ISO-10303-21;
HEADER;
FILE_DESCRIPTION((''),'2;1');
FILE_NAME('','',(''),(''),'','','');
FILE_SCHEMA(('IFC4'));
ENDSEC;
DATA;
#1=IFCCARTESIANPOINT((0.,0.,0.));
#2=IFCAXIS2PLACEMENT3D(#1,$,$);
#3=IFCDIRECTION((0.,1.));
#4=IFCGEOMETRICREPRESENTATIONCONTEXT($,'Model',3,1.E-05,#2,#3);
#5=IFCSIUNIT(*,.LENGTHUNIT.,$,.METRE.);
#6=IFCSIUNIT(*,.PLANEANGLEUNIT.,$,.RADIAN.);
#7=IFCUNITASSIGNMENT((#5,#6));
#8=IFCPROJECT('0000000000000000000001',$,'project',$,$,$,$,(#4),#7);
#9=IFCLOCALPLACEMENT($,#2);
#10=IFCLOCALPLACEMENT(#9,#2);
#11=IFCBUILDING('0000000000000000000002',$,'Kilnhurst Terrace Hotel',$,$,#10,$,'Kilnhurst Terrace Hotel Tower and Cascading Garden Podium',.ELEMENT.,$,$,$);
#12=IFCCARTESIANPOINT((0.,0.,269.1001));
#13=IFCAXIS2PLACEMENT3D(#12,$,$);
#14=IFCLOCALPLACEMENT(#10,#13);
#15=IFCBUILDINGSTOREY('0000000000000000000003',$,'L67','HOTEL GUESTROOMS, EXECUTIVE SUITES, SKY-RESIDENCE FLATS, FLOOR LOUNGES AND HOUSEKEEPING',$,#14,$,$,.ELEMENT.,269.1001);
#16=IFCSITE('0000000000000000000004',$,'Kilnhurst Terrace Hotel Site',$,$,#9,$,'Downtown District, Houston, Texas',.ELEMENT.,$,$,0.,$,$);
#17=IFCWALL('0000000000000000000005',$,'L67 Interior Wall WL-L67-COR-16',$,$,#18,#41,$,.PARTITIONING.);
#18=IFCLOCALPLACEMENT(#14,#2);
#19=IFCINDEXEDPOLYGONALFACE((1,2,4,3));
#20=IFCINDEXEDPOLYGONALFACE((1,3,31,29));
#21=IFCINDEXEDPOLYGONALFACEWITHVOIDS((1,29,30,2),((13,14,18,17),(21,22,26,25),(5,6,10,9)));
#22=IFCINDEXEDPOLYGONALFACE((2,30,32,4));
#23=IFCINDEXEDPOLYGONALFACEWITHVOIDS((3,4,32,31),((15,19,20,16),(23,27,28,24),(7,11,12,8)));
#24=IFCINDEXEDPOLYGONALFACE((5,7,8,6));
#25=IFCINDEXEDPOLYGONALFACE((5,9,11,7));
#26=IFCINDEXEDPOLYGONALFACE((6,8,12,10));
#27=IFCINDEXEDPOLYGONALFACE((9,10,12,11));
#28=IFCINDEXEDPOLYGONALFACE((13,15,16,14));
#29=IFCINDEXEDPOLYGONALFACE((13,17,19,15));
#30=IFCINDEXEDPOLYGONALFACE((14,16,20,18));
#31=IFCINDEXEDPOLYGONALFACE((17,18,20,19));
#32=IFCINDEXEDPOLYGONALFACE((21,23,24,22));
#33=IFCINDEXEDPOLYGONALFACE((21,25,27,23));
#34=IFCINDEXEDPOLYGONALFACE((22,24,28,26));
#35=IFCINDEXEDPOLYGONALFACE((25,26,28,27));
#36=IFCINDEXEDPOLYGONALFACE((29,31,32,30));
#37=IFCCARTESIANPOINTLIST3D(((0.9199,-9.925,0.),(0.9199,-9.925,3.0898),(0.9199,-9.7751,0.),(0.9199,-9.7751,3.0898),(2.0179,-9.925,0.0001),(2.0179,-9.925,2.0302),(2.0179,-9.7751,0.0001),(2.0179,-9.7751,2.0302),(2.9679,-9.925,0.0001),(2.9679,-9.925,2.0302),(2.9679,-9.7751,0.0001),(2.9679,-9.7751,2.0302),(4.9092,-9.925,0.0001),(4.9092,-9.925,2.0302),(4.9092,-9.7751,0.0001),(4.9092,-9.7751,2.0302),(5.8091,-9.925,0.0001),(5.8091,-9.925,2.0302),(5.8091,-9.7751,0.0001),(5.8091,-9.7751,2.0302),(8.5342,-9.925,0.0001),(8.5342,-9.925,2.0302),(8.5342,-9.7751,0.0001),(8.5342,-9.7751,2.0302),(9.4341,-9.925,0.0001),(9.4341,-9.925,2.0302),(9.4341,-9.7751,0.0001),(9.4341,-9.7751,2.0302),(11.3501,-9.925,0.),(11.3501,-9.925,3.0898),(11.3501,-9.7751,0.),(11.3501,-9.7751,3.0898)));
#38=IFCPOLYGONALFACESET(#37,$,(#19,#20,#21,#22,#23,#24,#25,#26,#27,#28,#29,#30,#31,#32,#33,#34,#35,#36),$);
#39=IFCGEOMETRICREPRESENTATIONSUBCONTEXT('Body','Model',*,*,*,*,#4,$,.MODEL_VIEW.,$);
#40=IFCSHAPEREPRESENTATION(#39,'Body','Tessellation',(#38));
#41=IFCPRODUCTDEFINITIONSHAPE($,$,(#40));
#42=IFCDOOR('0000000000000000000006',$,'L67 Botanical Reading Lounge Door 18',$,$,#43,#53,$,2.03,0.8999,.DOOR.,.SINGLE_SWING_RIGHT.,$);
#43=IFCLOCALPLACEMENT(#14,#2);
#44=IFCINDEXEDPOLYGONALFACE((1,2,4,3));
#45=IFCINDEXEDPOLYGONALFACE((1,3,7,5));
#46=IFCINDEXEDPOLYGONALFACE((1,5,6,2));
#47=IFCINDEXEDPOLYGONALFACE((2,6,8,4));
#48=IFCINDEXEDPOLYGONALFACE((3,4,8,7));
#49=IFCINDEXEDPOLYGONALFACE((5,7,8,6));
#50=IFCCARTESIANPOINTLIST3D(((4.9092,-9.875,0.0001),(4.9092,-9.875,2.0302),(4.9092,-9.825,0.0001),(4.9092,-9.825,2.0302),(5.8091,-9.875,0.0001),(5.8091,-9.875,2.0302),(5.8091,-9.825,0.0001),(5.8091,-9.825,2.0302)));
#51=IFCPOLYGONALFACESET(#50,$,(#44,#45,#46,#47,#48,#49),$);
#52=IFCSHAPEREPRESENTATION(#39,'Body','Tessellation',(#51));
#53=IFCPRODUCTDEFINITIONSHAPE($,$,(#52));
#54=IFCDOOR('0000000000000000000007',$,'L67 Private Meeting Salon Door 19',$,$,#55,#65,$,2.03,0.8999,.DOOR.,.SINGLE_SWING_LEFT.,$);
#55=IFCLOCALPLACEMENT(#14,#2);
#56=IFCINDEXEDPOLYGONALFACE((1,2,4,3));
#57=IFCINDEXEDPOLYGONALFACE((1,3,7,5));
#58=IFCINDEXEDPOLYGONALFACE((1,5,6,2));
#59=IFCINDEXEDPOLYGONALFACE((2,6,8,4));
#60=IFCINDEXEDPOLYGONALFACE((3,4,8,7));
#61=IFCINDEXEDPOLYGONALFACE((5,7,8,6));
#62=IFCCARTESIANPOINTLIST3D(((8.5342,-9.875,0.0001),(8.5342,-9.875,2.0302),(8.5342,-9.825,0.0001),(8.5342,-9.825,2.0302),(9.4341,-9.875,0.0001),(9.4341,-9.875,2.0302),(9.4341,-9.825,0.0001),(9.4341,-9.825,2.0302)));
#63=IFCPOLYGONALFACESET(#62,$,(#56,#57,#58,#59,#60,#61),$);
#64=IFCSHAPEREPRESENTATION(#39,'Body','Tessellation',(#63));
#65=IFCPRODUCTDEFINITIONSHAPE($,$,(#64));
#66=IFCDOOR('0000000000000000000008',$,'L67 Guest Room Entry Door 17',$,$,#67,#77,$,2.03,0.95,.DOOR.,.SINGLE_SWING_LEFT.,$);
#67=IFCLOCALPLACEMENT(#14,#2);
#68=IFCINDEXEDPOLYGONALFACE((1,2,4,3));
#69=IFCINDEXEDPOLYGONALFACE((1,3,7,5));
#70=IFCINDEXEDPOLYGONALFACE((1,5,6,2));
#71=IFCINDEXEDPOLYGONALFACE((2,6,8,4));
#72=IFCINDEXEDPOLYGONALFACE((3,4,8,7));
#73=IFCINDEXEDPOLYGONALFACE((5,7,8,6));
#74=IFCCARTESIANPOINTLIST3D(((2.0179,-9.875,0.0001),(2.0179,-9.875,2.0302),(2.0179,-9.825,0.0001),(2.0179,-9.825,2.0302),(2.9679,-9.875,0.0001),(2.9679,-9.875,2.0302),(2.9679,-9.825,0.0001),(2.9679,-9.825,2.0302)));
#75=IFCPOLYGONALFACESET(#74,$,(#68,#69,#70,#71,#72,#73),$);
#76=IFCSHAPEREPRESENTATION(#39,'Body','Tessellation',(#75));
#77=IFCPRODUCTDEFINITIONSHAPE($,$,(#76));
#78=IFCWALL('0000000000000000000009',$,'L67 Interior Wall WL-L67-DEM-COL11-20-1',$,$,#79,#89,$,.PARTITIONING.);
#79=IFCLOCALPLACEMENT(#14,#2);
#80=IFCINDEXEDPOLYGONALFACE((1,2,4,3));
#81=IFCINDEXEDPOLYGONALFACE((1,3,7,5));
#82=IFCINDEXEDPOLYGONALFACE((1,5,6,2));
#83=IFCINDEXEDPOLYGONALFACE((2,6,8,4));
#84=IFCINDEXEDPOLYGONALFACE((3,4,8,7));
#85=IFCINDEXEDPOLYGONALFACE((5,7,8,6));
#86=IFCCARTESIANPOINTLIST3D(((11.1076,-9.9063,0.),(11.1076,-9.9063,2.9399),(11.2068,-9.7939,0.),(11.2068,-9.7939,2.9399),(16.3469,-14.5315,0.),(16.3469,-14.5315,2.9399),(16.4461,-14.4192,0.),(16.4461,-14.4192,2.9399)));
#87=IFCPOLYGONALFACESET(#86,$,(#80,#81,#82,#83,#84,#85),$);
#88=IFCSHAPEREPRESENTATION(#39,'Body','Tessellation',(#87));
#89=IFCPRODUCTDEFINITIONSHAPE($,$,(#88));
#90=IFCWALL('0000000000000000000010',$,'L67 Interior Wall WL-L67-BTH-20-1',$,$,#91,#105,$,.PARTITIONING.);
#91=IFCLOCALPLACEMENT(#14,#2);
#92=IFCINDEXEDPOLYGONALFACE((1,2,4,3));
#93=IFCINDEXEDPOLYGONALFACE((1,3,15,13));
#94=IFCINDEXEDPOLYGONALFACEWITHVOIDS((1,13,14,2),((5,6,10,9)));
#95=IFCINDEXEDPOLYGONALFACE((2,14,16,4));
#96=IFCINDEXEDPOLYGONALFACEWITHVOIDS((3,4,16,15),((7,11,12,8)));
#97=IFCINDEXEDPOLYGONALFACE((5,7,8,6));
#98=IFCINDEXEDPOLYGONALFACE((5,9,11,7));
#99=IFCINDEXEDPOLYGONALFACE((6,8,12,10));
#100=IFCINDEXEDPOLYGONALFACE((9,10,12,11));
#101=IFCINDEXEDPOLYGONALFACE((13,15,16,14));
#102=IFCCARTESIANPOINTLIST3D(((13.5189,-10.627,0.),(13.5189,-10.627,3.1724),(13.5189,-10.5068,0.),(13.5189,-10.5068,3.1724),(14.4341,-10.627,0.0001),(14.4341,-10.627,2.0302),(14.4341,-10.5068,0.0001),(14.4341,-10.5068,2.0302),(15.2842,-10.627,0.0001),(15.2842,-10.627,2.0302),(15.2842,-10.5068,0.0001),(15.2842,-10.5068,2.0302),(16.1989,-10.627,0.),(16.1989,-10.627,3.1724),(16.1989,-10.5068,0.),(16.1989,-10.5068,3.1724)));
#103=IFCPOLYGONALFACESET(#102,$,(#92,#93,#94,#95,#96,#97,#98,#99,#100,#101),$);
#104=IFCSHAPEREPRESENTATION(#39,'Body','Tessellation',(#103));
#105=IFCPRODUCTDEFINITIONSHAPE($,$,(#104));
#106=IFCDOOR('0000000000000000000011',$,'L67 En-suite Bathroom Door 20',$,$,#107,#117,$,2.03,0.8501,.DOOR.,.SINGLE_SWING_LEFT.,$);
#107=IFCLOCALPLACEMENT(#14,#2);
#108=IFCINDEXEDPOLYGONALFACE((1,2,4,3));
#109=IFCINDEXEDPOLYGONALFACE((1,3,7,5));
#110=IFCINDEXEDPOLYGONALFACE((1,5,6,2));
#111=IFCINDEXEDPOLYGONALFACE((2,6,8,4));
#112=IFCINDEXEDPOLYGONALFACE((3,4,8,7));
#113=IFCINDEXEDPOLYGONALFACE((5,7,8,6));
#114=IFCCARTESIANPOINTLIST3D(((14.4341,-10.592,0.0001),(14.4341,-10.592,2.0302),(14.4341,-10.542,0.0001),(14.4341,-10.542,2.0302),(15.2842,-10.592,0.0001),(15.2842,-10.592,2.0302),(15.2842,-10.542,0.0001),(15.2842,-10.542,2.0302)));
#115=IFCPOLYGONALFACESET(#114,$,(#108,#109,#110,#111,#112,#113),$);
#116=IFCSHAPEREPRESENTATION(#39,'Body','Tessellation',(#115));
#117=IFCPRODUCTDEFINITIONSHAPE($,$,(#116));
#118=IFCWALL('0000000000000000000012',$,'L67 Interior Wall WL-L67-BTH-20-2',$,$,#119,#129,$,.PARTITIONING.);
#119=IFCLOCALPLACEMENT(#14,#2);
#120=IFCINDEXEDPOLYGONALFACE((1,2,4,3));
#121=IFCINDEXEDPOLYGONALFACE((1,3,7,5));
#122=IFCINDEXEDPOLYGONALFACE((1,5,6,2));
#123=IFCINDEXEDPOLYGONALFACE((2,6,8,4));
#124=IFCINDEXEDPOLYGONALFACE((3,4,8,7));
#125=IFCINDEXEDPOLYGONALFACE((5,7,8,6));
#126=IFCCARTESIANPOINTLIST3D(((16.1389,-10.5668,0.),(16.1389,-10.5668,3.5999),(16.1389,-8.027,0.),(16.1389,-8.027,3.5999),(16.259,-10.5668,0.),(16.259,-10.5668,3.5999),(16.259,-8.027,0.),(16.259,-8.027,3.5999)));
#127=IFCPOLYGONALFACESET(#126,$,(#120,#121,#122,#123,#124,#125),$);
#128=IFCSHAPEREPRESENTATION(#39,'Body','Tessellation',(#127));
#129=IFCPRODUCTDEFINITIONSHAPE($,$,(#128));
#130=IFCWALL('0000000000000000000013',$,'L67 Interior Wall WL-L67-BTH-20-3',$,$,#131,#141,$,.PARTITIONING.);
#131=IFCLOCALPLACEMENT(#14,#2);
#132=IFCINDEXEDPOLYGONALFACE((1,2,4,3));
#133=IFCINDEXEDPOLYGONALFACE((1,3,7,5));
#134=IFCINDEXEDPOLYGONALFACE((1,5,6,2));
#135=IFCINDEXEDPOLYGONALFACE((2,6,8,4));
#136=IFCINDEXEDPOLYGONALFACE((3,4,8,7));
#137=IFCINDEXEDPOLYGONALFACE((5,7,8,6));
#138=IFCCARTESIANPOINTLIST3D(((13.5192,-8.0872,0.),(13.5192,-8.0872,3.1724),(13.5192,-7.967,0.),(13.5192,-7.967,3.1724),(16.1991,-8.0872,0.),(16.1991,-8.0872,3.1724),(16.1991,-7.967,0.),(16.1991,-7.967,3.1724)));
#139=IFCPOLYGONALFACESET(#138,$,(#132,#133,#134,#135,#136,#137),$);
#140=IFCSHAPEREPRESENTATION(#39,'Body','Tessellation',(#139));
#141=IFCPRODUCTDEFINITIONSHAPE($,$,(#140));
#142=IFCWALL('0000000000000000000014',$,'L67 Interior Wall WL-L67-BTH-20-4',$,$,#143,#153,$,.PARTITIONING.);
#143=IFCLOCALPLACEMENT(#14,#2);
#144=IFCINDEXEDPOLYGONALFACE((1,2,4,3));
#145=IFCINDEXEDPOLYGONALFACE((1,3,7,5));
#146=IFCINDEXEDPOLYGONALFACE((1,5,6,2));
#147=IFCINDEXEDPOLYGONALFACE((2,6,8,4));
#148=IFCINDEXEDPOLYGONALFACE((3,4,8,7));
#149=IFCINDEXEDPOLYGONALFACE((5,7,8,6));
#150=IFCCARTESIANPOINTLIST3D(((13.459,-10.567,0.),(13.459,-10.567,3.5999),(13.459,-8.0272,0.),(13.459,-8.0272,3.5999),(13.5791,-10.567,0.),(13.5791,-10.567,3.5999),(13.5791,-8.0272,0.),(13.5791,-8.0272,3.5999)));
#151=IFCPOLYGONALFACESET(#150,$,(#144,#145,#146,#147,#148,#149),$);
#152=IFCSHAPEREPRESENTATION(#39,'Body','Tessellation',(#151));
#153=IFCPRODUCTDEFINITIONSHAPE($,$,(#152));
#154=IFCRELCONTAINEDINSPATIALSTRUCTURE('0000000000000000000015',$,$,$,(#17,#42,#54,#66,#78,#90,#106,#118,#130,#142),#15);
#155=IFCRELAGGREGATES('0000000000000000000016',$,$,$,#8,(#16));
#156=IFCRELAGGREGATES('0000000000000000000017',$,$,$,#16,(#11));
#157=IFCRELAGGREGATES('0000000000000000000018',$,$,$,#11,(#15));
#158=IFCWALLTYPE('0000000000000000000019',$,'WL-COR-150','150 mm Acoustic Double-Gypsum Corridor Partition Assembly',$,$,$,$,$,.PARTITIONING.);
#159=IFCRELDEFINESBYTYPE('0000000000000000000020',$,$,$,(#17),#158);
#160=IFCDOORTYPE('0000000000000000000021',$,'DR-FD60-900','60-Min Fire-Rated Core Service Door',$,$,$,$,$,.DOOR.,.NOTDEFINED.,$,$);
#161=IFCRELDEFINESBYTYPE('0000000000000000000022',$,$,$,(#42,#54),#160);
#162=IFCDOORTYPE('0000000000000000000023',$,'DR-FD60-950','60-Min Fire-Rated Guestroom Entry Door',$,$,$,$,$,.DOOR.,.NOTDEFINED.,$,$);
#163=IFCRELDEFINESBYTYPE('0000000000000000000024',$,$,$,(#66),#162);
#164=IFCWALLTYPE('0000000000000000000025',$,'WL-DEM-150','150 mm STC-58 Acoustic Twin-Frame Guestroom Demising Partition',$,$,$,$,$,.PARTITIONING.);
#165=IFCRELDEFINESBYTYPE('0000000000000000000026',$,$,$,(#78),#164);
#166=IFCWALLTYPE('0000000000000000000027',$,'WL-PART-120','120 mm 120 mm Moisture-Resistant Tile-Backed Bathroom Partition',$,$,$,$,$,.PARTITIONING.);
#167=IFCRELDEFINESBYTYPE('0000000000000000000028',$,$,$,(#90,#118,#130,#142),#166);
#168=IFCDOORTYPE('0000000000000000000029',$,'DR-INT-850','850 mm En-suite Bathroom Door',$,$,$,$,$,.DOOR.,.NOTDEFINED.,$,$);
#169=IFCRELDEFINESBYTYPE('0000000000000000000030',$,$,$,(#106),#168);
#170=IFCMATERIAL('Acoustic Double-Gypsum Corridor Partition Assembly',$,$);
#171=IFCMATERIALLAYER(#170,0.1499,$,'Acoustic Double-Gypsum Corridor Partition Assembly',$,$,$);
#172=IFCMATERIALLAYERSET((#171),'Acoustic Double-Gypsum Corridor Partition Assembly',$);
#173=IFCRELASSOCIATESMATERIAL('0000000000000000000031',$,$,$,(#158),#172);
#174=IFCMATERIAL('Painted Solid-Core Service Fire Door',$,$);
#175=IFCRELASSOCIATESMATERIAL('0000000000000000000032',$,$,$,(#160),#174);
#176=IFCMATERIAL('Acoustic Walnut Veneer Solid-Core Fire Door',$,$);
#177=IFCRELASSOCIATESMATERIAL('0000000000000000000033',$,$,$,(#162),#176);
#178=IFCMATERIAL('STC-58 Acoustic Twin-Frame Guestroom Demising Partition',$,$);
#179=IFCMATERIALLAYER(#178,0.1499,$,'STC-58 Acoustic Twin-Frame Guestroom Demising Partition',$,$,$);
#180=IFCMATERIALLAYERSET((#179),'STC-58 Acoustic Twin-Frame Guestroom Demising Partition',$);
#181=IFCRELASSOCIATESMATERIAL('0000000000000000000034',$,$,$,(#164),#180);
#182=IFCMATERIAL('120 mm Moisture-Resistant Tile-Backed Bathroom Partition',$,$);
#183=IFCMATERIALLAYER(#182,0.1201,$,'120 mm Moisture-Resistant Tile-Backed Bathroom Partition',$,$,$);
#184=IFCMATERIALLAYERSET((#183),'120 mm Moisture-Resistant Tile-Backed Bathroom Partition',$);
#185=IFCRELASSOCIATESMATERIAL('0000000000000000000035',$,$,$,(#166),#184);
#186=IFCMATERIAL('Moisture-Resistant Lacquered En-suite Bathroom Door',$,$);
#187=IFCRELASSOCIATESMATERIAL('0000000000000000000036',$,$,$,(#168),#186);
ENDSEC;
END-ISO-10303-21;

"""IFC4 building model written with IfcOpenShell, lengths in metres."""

from ifc_helpers import new_model, si_unit, direction, frame, frame_2d, origin, place, context, subcontext, project, spatial, rectangle, extrude, material, layer, layer_set, type_object, element, fill, save


model = new_model("IFC4")

# Units and contexts
model_context = context("Model", 3, precision=1e-05, world=origin(), true_north=direction((0.0, 1.0)))
body_context = subcontext(model_context, "Body", "Model", "MODEL_VIEW")
ifc_project = project(units=[si_unit("LENGTHUNIT", "METRE"), si_unit("PLANEANGLEUNIT", "RADIAN")], contexts=[model_context])

# Site, building, storey
site_placement = place(None, origin())
site = spatial("IfcSite", under=ifc_project, at=site_placement, Name="Kilnhurst Terrace Hotel Site", LongName="Downtown District, Houston, Texas", CompositionType="ELEMENT", RefElevation=0.0)
building_placement = place(site_placement, origin())
building = spatial("IfcBuilding", under=site, at=building_placement, Name="Kilnhurst Terrace Hotel", LongName="Kilnhurst Terrace Hotel Tower and Cascading Garden Podium", CompositionType="ELEMENT")
storey_placement = place(building_placement, frame((0.0, 0.0, 269.1001)))
storey = spatial("IfcBuildingStorey", under=building, at=storey_placement, Name="L67", Description="HOTEL GUESTROOMS, EXECUTIVE SUITES, SKY-RESIDENCE FLATS, FLOOR LOUNGES AND HOUSEKEEPING", CompositionType="ELEMENT", Elevation=269.1001)

# Wall, openings, doors
ifc_material_1 = material(Name="Acoustic Double-Gypsum Corridor Partition Assembly")
ifc_layer_1 = layer(ifc_material_1, 0.1499, Name="Acoustic Double-Gypsum Corridor Partition Assembly")
ifc_layer_set_1 = layer_set([ifc_layer_1], Name="Acoustic Double-Gypsum Corridor Partition Assembly")
wall_type_1 = type_object("IfcWallType", Name="WL-COR-150", Description="150 mm Acoustic Double-Gypsum Corridor Partition Assembly", PredefinedType="PARTITIONING", material=ifc_layer_set_1)
wall_1_placement = place(storey_placement, frame((11.3501, -9.8501, 0.0), z_axis=(0.0, 0.0, 1.0), x_axis=(-1.0, 0.0, 0.0)))
wall_1 = element("IfcWall", 1, at=wall_1_placement, inside=storey, type_object=wall_type_1, Name="L67 Interior Wall WL-L67-COR-16", PredefinedType="PARTITIONING", context=body_context, shape_type="SweptSolid", body=[
    extrude(rectangle(XDim=10.4302, YDim=0.1499, at=frame_2d((5.2151, 0.0))), origin(), (0.0, 0.0, 1.0), 3.0898),
])
opening_1_placement = place(wall_1_placement, frame((8.3821, 0.0, 0.0)))
opening_1 = element("IfcOpeningElement", 2, at=opening_1_placement, cuts=wall_1, PredefinedType="OPENING", context=body_context, shape_type="SweptSolid", body=[
    extrude(rectangle(XDim=0.95, YDim=2.03, at=frame_2d((0.4751, 1.0151))), frame((0.0, 0.085, 0.0), z_axis=(0.0, -1.0, 0.0), x_axis=(1.0, 0.0, 0.0)), (0.0, 0.0, 1.0), 0.1699),
])
opening_2_placement = place(wall_1_placement, frame((5.541, 0.0, 0.0)))
opening_2 = element("IfcOpeningElement", 3, at=opening_2_placement, cuts=wall_1, PredefinedType="OPENING", context=body_context, shape_type="SweptSolid", body=[
    extrude(rectangle(XDim=0.8999, YDim=2.03, at=frame_2d((0.45, 1.0151))), frame((0.0, 0.085, 0.0), z_axis=(0.0, -1.0, 0.0), x_axis=(1.0, 0.0, 0.0)), (0.0, 0.0, 1.0), 0.1699),
])
opening_3_placement = place(wall_1_placement, frame((1.916, 0.0, 0.0)))
opening_3 = element("IfcOpeningElement", 4, at=opening_3_placement, cuts=wall_1, PredefinedType="OPENING", context=body_context, shape_type="SweptSolid", body=[
    extrude(rectangle(XDim=0.8999, YDim=2.03, at=frame_2d((0.45, 1.0151))), frame((0.0, 0.085, 0.0), z_axis=(0.0, -1.0, 0.0), x_axis=(1.0, 0.0, 0.0)), (0.0, 0.0, 1.0), 0.1699),
])
ifc_material_2 = material(Name="Painted Solid-Core Service Fire Door")
door_type_1 = type_object("IfcDoorType", Name="DR-FD60-900", Description="60-Min Fire-Rated Core Service Door", OperationType="NOTDEFINED", PredefinedType="DOOR", material=ifc_material_2)
door_1_placement = place(opening_2_placement, origin())
door_1 = element("IfcDoor", 5, at=door_1_placement, inside=storey, type_object=door_type_1, Name="L67 Botanical Reading Lounge Door 18", OperationType="SINGLE_SWING_RIGHT", OverallHeight=2.03, OverallWidth=0.8999, PredefinedType="DOOR", context=body_context, shape_type="SweptSolid", body=[
    extrude(rectangle(XDim=0.8999, YDim=2.03, at=frame_2d((0.45, 1.0151))), frame((0.0, 0.0249, 0.0), z_axis=(0.0, -1.0, 0.0), x_axis=(1.0, 0.0, 0.0)), (0.0, 0.0, 1.0), 0.05),
])
fill(opening_2, door_1)
door_2_placement = place(opening_3_placement, origin())
door_2 = element("IfcDoor", 6, at=door_2_placement, inside=storey, type_object=door_type_1, Name="L67 Private Meeting Salon Door 19", OperationType="SINGLE_SWING_LEFT", OverallHeight=2.03, OverallWidth=0.8999, PredefinedType="DOOR", context=body_context, shape_type="SweptSolid", body=[
    extrude(rectangle(XDim=0.8999, YDim=2.03, at=frame_2d((0.45, 1.0151))), frame((0.0, 0.0249, 0.0), z_axis=(0.0, -1.0, 0.0), x_axis=(1.0, 0.0, 0.0)), (0.0, 0.0, 1.0), 0.05),
])
fill(opening_3, door_2)
ifc_material_3 = material(Name="Acoustic Walnut Veneer Solid-Core Fire Door")
door_type_2 = type_object("IfcDoorType", Name="DR-FD60-950", Description="60-Min Fire-Rated Guestroom Entry Door", OperationType="NOTDEFINED", PredefinedType="DOOR", material=ifc_material_3)
door_3_placement = place(opening_1_placement, origin())
door_3 = element("IfcDoor", 7, at=door_3_placement, inside=storey, type_object=door_type_2, Name="L67 Guest Room Entry Door 17", OperationType="SINGLE_SWING_LEFT", OverallHeight=2.03, OverallWidth=0.95, PredefinedType="DOOR", context=body_context, shape_type="SweptSolid", body=[
    extrude(rectangle(XDim=0.95, YDim=2.03, at=frame_2d((0.4751, 1.0151))), frame((0.0, 0.0249, 0.0), z_axis=(0.0, -1.0, 0.0), x_axis=(1.0, 0.0, 0.0)), (0.0, 0.0, 1.0), 0.05),
])
fill(opening_1, door_3)

# Wall
ifc_material_4 = material(Name="STC-58 Acoustic Twin-Frame Guestroom Demising Partition")
ifc_layer_2 = layer(ifc_material_4, 0.1499, Name="STC-58 Acoustic Twin-Frame Guestroom Demising Partition")
ifc_layer_set_2 = layer_set([ifc_layer_2], Name="STC-58 Acoustic Twin-Frame Guestroom Demising Partition")
wall_type_2 = type_object("IfcWallType", Name="WL-DEM-150", Description="150 mm STC-58 Acoustic Twin-Frame Guestroom Demising Partition", PredefinedType="PARTITIONING", material=ifc_layer_set_2)
wall_2_placement = place(storey_placement, frame((11.1572, -9.8501, 0.0), z_axis=(0.0, 0.0, 1.0), x_axis=(0.74967, -0.661812, 0.0)))
element("IfcWall", 8, at=wall_2_placement, inside=storey, type_object=wall_type_2, Name="L67 Interior Wall WL-L67-DEM-COL11-20-1", PredefinedType="PARTITIONING", context=body_context, shape_type="SweptSolid", body=[
    extrude(rectangle(XDim=6.9888, YDim=0.1499, at=frame_2d((3.4944, 0.0))), origin(), (0.0, 0.0, 1.0), 2.9399),
])

# Wall, opening, door
ifc_material_5 = material(Name="120 mm Moisture-Resistant Tile-Backed Bathroom Partition")
ifc_layer_3 = layer(ifc_material_5, 0.1201, Name="120 mm Moisture-Resistant Tile-Backed Bathroom Partition")
ifc_layer_set_3 = layer_set([ifc_layer_3], Name="120 mm Moisture-Resistant Tile-Backed Bathroom Partition")
wall_type_3 = type_object("IfcWallType", Name="WL-PART-120", Description="120 mm 120 mm Moisture-Resistant Tile-Backed Bathroom Partition", PredefinedType="PARTITIONING", material=ifc_layer_set_3)
wall_3_placement = place(storey_placement, frame((13.519, -10.5669, 0.0), z_axis=(0.0, 0.0, 1.0), x_axis=(1.0, 0.0, 0.0)))
wall_3 = element("IfcWall", 9, at=wall_3_placement, inside=storey, type_object=wall_type_3, Name="L67 Interior Wall WL-L67-BTH-20-1", PredefinedType="PARTITIONING", context=body_context, shape_type="SweptSolid", body=[
    extrude(rectangle(XDim=2.6799, YDim=0.1201, at=frame_2d((1.3398, 0.0))), origin(), (0.0, 0.0, 1.0), 3.1724),
])
opening_4_placement = place(wall_3_placement, frame((0.915, 0.0, 0.0)))
opening_4 = element("IfcOpeningElement", 10, at=opening_4_placement, cuts=wall_3, PredefinedType="OPENING", context=body_context, shape_type="SweptSolid", body=[
    extrude(rectangle(XDim=0.8501, YDim=2.03, at=frame_2d((0.425, 1.0151))), frame((0.0, 0.0701, 0.0), z_axis=(0.0, -1.0, 0.0), x_axis=(1.0, 0.0, 0.0)), (0.0, 0.0, 1.0), 0.1401),
])
ifc_material_6 = material(Name="Moisture-Resistant Lacquered En-suite Bathroom Door")
door_type_3 = type_object("IfcDoorType", Name="DR-INT-850", Description="850 mm En-suite Bathroom Door", OperationType="NOTDEFINED", PredefinedType="DOOR", material=ifc_material_6)
door_4_placement = place(opening_4_placement, origin())
door_4 = element("IfcDoor", 11, at=door_4_placement, inside=storey, type_object=door_type_3, Name="L67 En-suite Bathroom Door 20", OperationType="SINGLE_SWING_LEFT", OverallHeight=2.03, OverallWidth=0.8501, PredefinedType="DOOR", context=body_context, shape_type="SweptSolid", body=[
    extrude(rectangle(XDim=0.8501, YDim=2.03, at=frame_2d((0.425, 1.0151))), frame((0.0, 0.0249, 0.0), z_axis=(0.0, -1.0, 0.0), x_axis=(1.0, 0.0, 0.0)), (0.0, 0.0, 1.0), 0.05),
])
fill(opening_4, door_4)

# Walls
wall_4_placement = place(storey_placement, frame((16.199, -10.5669, 0.0), z_axis=(0.0, 0.0, 1.0), x_axis=(0.0, 1.0, 0.0)))
element("IfcWall", 12, at=wall_4_placement, inside=storey, type_object=wall_type_3, Name="L67 Interior Wall WL-L67-BTH-20-2", PredefinedType="PARTITIONING", context=body_context, shape_type="SweptSolid", body=[
    extrude(rectangle(XDim=2.5398, YDim=0.1201, at=frame_2d((1.27, 0.0))), origin(), (0.0, 0.0, 1.0), 3.5999),
])
wall_5_placement = place(storey_placement, frame((16.199, -8.0271, 0.0), z_axis=(0.0, 0.0, 1.0), x_axis=(-1.0, 0.0, 0.0)))
element("IfcWall", 13, at=wall_5_placement, inside=storey, type_object=wall_type_3, Name="L67 Interior Wall WL-L67-BTH-20-3", PredefinedType="PARTITIONING", context=body_context, shape_type="SweptSolid", body=[
    extrude(rectangle(XDim=2.6799, YDim=0.1201, at=frame_2d((1.3398, 0.0))), origin(), (0.0, 0.0, 1.0), 3.1724),
])
wall_6_placement = place(storey_placement, frame((13.519, -8.0271, 0.0), z_axis=(0.0, 0.0, 1.0), x_axis=(0.0, -1.0, 0.0)))
element("IfcWall", 14, at=wall_6_placement, inside=storey, type_object=wall_type_3, Name="L67 Interior Wall WL-L67-BTH-20-4", PredefinedType="PARTITIONING", context=body_context, shape_type="SweptSolid", body=[
    extrude(rectangle(XDim=2.5398, YDim=0.1201, at=frame_2d((1.27, 0.0))), origin(), (0.0, 0.0, 1.0), 3.5999),
])

save(model, "model.ifc")
